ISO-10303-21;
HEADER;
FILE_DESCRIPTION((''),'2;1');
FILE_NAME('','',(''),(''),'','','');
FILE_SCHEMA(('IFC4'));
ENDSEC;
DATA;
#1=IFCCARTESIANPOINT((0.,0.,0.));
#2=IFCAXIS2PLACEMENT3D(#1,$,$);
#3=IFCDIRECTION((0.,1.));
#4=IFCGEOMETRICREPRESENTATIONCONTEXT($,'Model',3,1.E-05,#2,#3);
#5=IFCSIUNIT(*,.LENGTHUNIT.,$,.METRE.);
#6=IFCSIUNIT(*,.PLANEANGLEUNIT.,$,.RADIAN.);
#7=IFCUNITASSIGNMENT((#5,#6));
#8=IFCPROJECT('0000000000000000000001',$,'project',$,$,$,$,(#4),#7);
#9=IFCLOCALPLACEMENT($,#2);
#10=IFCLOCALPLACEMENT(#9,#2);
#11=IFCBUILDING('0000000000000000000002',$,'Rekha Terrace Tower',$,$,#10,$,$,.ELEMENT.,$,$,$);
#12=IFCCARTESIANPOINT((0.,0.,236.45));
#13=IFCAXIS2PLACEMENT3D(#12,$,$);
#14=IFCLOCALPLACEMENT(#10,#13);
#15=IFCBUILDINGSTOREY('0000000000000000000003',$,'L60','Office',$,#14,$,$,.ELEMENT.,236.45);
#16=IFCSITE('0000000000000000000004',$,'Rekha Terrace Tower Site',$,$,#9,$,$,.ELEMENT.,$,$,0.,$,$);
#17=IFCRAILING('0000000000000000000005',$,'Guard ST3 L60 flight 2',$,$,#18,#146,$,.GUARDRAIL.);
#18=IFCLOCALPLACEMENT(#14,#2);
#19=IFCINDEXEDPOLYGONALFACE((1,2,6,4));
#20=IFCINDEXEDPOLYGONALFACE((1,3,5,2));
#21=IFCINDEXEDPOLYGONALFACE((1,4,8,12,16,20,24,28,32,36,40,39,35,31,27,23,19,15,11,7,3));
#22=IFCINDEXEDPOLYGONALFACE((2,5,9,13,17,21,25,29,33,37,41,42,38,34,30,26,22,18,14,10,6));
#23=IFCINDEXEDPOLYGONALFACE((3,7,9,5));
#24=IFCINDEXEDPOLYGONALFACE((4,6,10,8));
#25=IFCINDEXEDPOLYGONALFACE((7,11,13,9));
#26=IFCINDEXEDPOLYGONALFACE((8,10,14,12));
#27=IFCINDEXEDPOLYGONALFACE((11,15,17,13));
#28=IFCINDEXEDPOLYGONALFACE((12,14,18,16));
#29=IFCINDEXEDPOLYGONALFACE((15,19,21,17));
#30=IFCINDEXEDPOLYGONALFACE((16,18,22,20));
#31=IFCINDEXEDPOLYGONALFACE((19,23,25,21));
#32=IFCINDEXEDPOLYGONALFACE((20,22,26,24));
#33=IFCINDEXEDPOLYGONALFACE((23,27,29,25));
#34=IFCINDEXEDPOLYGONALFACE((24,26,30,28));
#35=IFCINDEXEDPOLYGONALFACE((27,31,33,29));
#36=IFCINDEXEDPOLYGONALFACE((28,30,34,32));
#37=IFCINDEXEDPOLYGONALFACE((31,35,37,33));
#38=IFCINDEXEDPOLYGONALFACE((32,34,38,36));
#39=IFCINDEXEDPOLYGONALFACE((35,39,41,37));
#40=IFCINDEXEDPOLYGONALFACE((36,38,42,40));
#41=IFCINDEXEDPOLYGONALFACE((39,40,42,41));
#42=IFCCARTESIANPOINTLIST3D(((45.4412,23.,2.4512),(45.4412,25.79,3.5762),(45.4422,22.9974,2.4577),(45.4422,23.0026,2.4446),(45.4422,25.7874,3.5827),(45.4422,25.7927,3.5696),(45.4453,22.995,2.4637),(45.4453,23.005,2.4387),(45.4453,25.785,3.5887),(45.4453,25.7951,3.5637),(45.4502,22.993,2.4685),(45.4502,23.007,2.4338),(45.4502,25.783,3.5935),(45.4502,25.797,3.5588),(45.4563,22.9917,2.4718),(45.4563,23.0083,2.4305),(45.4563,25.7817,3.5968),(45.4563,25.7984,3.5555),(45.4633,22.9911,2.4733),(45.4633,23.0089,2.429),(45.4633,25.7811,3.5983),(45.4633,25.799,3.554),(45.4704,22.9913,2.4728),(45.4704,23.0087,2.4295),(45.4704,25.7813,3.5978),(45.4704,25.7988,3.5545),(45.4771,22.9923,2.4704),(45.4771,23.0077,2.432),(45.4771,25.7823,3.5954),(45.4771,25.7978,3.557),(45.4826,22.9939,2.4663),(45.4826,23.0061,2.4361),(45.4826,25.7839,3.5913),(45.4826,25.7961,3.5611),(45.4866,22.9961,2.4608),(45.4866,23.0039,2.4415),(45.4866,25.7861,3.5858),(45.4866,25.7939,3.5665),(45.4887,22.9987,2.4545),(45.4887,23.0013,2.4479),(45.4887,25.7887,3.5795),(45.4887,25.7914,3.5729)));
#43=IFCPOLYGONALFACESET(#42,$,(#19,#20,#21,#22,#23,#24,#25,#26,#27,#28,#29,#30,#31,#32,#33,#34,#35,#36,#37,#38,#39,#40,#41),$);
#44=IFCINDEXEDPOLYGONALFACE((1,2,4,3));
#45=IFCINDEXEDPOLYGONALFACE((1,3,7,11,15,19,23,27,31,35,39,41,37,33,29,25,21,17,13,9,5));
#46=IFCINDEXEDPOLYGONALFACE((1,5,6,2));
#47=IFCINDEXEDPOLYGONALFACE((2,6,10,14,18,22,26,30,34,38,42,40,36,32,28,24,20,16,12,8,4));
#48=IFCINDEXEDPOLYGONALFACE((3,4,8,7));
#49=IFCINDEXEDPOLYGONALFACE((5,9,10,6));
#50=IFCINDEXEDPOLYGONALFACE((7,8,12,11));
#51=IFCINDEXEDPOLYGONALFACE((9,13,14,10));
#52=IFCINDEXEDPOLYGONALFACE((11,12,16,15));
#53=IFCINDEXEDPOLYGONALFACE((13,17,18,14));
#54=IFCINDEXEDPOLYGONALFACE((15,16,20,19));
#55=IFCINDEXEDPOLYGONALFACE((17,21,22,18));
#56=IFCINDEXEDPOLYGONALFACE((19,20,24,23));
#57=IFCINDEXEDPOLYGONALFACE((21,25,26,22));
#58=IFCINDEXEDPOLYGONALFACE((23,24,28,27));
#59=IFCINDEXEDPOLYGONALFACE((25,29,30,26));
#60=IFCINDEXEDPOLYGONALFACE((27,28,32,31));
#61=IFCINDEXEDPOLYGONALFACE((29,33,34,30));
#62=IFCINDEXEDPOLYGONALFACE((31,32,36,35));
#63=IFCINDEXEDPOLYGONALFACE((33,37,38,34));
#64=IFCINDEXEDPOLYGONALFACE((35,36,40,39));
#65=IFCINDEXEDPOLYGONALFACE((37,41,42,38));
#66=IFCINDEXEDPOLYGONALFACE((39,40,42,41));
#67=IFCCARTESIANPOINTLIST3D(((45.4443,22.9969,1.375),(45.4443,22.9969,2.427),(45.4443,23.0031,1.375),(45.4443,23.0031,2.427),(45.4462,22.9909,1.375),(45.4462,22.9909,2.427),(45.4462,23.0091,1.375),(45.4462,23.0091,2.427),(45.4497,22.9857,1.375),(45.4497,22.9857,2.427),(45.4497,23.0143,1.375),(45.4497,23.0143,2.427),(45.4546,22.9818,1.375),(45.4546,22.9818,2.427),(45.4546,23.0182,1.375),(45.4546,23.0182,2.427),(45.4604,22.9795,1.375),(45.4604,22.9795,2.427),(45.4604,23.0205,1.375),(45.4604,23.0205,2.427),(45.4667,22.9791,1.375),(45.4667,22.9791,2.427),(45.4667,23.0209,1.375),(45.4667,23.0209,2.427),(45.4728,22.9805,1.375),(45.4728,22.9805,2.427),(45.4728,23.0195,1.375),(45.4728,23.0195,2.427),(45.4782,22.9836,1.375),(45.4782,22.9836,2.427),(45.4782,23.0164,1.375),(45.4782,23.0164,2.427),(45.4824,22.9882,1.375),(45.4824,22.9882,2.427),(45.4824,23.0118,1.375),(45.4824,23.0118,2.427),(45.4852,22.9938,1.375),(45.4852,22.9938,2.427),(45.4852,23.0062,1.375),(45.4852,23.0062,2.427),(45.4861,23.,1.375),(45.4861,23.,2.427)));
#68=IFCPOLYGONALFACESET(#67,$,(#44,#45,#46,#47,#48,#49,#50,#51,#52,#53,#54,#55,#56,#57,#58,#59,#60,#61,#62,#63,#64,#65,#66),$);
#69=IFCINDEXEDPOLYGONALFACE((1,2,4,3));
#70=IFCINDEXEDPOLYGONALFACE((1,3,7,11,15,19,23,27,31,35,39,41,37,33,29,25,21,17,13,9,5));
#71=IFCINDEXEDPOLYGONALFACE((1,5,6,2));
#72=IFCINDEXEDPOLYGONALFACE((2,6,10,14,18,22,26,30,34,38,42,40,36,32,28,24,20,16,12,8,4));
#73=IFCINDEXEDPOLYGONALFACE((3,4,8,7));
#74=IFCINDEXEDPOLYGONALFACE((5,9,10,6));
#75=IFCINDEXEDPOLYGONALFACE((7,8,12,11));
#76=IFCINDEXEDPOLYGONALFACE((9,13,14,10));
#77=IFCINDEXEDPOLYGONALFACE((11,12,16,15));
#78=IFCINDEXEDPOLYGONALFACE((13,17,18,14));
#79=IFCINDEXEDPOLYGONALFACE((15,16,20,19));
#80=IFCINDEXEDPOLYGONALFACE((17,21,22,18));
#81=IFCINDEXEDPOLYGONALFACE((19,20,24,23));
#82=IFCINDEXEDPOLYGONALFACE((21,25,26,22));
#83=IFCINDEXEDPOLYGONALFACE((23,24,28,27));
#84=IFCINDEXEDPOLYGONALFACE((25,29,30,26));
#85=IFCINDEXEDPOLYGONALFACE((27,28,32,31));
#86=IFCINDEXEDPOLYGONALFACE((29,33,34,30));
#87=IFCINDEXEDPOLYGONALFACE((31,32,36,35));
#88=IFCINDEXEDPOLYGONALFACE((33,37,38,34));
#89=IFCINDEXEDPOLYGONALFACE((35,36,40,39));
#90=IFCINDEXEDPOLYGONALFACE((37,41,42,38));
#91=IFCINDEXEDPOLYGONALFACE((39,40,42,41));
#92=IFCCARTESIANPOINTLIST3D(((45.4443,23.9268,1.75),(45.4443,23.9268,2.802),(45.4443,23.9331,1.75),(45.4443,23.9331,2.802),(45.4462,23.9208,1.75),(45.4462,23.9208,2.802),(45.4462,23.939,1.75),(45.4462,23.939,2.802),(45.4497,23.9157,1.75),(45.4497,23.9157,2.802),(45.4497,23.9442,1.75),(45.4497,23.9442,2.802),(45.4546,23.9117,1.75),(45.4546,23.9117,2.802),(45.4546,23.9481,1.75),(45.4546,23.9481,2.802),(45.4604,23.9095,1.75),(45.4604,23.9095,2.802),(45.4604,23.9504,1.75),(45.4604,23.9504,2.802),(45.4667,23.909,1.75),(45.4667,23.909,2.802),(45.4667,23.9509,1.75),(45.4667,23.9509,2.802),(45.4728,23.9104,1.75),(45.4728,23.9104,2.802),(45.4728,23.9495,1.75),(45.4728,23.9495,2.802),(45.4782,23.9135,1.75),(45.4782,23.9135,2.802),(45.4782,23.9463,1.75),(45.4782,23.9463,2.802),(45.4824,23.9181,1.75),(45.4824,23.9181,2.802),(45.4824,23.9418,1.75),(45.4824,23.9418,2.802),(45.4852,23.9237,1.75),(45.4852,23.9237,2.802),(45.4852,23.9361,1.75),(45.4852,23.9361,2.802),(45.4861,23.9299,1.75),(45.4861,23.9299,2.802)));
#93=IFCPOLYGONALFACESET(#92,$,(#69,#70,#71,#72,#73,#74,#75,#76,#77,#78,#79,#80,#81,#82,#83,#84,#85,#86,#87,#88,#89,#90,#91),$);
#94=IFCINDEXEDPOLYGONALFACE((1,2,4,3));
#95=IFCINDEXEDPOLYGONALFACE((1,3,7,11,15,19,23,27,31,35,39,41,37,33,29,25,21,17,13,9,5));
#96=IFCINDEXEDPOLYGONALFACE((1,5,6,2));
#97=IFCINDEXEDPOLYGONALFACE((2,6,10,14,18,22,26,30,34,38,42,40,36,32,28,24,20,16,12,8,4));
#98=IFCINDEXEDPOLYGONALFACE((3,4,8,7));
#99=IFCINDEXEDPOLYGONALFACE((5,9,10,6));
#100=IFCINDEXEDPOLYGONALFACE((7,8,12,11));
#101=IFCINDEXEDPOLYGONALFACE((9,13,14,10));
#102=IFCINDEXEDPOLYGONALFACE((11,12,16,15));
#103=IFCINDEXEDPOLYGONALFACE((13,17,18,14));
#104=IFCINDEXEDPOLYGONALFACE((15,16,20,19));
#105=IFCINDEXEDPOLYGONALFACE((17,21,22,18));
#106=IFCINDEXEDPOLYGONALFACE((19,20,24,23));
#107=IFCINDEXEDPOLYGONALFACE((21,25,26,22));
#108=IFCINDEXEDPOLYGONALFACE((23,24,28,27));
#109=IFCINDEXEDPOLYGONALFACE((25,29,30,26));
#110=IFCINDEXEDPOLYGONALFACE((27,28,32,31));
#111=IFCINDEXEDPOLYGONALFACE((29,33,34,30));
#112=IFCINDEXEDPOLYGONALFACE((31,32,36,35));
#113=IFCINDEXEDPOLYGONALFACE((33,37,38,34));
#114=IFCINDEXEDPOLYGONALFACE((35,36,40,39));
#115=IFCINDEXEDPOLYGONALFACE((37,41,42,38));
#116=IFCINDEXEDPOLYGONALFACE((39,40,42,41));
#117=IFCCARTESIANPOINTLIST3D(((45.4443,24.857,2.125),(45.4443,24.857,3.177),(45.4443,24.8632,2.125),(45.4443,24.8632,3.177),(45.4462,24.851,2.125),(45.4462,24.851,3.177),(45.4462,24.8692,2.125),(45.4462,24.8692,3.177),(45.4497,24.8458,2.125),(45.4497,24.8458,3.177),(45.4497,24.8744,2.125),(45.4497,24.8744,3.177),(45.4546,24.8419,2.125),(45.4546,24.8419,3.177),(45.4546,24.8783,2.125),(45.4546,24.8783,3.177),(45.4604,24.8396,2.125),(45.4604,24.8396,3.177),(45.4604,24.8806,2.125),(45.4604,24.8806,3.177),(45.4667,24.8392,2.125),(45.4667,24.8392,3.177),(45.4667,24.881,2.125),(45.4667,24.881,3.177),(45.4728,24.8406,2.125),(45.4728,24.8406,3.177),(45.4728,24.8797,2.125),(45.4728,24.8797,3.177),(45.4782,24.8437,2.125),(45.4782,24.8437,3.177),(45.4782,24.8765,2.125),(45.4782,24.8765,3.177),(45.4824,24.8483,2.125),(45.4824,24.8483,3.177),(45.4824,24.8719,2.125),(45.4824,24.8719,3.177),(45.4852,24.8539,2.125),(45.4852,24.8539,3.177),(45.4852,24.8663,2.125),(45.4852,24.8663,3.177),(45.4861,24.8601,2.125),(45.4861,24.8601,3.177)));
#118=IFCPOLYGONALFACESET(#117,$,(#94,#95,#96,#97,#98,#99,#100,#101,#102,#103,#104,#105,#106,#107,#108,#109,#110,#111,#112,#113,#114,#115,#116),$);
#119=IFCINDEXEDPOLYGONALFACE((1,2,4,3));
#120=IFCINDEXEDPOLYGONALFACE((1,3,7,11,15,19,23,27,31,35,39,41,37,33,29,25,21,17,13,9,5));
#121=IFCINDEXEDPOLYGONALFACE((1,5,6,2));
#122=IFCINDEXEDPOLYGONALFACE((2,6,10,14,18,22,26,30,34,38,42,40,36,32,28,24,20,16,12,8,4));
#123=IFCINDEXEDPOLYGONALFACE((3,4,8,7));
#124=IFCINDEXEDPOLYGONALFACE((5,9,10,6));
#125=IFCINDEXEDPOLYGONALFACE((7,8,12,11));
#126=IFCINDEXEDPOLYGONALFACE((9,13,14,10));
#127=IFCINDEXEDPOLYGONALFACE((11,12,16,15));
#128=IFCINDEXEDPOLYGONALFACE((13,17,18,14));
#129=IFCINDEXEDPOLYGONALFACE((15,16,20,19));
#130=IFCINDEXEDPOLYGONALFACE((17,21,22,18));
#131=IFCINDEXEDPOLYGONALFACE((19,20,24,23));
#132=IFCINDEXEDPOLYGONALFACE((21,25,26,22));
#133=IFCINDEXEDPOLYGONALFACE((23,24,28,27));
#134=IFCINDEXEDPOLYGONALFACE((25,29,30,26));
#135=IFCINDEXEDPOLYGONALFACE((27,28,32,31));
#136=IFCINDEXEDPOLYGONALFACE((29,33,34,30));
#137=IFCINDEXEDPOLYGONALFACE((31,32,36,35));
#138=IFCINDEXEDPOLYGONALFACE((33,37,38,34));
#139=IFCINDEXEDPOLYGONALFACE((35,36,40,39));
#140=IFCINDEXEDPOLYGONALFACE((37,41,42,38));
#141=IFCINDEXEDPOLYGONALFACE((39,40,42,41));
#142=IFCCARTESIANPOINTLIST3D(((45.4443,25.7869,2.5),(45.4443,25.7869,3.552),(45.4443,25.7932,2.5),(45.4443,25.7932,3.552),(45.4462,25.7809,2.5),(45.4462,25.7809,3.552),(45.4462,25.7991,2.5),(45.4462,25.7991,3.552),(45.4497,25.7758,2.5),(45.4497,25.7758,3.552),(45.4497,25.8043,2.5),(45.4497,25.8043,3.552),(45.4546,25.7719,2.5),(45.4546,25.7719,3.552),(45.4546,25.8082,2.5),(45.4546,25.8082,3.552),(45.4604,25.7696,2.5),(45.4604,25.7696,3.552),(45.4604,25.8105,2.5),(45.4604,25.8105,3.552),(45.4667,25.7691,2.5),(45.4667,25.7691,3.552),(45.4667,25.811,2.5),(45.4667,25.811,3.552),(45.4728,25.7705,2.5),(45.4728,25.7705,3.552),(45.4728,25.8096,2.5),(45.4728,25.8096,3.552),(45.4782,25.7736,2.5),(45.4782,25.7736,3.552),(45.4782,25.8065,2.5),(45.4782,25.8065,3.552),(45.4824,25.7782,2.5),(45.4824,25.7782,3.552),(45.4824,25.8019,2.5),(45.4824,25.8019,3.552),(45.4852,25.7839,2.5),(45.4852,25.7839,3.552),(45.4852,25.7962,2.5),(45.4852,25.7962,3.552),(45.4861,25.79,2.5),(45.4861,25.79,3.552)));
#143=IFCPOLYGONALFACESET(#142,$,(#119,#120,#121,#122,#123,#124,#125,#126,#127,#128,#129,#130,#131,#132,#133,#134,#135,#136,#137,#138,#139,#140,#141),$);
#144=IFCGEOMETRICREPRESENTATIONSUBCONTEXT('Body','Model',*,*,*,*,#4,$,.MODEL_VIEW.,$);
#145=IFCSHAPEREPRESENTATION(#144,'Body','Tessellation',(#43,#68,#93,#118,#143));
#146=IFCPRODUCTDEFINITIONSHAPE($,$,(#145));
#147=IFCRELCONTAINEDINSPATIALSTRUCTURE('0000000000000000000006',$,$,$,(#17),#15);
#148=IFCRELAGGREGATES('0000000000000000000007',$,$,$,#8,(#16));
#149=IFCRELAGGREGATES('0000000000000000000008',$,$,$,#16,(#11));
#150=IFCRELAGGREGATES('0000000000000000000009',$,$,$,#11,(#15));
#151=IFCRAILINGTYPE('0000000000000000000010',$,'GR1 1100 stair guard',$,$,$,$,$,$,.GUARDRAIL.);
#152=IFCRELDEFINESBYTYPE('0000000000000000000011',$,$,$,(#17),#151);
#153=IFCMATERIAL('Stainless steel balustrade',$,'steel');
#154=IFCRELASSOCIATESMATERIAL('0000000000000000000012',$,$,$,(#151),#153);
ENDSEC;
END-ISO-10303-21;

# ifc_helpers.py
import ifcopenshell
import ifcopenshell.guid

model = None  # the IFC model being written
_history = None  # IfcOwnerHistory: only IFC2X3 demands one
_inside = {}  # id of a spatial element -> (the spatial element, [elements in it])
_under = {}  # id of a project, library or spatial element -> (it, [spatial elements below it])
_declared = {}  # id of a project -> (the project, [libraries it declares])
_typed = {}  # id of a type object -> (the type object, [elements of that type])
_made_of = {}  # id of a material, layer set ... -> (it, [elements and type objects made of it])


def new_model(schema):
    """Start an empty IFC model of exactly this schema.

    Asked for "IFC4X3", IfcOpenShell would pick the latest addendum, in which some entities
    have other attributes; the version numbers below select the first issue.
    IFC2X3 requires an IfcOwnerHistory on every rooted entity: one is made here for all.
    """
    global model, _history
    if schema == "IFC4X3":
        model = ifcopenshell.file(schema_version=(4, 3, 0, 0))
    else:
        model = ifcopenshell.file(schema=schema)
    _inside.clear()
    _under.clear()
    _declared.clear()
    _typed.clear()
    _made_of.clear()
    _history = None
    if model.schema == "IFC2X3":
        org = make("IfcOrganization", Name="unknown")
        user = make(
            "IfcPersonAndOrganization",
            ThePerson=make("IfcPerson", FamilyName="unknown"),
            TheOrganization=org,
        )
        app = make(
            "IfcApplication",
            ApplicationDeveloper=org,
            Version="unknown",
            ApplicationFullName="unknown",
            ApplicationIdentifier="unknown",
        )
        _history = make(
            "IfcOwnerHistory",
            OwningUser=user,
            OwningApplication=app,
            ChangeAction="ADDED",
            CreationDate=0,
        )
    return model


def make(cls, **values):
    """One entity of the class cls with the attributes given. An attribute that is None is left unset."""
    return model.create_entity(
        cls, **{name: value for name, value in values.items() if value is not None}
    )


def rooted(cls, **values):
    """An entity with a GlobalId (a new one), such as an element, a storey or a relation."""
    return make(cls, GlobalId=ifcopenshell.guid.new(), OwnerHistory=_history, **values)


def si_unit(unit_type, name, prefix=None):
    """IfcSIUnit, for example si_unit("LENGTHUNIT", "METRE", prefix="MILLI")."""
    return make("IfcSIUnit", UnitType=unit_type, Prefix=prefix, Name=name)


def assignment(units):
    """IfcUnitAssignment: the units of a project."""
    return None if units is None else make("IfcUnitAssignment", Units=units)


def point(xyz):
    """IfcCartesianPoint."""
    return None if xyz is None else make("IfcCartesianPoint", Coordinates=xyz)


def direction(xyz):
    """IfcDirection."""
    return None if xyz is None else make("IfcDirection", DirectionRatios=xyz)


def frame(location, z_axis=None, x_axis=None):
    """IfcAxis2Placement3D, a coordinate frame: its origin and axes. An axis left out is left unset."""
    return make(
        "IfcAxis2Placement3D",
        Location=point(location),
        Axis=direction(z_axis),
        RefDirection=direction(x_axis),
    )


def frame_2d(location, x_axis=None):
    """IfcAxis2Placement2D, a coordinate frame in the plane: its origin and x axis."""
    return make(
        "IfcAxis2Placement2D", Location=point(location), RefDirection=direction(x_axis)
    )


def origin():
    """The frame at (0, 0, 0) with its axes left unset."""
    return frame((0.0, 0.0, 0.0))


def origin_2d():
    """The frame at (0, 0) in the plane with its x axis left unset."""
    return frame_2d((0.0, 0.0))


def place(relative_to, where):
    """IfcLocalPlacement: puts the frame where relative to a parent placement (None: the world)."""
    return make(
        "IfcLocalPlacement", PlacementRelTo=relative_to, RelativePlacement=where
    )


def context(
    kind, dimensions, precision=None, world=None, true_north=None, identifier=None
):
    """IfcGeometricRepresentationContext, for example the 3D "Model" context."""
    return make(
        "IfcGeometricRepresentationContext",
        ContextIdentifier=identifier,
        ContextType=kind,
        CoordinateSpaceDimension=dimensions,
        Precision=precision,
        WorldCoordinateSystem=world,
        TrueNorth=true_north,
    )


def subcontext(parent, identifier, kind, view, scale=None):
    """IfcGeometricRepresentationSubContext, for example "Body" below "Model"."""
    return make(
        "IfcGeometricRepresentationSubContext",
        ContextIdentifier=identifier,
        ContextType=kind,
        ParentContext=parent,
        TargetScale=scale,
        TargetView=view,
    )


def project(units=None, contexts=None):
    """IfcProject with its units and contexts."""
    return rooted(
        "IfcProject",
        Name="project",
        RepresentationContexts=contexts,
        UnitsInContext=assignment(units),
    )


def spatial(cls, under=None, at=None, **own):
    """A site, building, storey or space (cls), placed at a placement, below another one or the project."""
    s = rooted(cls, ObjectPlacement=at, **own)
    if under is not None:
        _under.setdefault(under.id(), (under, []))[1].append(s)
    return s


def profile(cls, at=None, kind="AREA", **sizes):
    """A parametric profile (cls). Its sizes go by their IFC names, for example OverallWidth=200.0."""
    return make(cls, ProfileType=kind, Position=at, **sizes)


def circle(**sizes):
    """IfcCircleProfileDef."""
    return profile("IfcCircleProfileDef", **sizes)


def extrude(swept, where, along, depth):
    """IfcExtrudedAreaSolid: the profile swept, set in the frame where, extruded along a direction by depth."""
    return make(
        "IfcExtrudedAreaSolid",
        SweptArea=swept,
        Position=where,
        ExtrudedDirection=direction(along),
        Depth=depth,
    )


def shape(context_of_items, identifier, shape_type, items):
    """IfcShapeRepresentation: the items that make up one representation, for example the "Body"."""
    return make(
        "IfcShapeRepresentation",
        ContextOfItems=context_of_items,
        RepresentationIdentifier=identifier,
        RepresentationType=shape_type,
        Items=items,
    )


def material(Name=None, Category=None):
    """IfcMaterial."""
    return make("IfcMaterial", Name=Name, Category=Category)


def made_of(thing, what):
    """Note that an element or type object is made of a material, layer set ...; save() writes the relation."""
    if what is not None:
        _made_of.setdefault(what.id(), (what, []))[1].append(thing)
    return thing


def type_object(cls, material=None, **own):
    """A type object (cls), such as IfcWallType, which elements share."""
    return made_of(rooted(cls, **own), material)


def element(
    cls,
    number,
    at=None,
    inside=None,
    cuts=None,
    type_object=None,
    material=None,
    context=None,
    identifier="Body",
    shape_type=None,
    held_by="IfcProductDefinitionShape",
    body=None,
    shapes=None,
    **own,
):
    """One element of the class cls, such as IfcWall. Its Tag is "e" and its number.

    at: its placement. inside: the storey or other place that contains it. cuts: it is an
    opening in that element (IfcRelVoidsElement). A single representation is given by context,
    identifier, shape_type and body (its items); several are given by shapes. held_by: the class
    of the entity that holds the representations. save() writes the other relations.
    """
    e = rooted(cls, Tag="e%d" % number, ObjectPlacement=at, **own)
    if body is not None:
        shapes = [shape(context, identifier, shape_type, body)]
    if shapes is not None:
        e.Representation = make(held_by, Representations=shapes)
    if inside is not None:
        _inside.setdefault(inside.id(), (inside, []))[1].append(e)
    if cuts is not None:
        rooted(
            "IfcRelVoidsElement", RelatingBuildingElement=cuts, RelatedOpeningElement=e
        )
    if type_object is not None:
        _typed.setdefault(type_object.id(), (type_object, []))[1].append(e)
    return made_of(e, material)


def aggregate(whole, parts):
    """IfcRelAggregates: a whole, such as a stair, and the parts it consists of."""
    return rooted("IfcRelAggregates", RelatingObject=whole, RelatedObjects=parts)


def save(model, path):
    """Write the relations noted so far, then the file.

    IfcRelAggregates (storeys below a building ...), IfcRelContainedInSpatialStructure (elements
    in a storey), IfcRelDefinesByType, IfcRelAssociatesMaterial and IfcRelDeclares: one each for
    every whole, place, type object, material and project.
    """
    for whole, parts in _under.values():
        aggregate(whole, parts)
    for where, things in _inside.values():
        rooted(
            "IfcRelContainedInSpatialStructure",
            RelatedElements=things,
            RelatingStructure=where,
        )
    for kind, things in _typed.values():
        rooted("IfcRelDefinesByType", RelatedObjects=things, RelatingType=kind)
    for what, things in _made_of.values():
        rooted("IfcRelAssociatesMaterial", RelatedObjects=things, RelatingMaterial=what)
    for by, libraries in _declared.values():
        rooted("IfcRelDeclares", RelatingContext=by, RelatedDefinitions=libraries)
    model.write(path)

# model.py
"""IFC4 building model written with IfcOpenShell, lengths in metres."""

from ifc_helpers import new_model, si_unit, direction, frame, origin, origin_2d, place, context, subcontext, project, spatial, circle, extrude, material, type_object, element, save


model = new_model("IFC4")

# Units and contexts
model_context = context("Model", 3, precision=1e-05, world=origin(), true_north=direction((0.0, 1.0)))
body_context = subcontext(model_context, "Body", "Model", "MODEL_VIEW")
ifc_project = project(units=[si_unit("LENGTHUNIT", "METRE"), si_unit("PLANEANGLEUNIT", "RADIAN")], contexts=[model_context])

# Site, building, storey
site_placement = place(None, origin())
site = spatial("IfcSite", under=ifc_project, at=site_placement, Name="Rekha Terrace Tower Site", CompositionType="ELEMENT", RefElevation=0.0)
building_placement = place(site_placement, origin())
building = spatial("IfcBuilding", under=site, at=building_placement, Name="Rekha Terrace Tower", CompositionType="ELEMENT")
storey_placement = place(building_placement, frame((0.0, 0.0, 236.45)))
storey = spatial("IfcBuildingStorey", under=building, at=storey_placement, Name="L60", Description="Office", CompositionType="ELEMENT", Elevation=236.45)

# Railing
ifc_material_1 = material(Name="Stainless steel balustrade", Category="steel")
railing_type_1 = type_object("IfcRailingType", Name="GR1 1100 stair guard", PredefinedType="GUARDRAIL", material=ifc_material_1)
railing_1_placement = place(storey_placement, frame((45.4651, 23.0, 1.375)))
element("IfcRailing", 1, at=railing_1_placement, inside=storey, type_object=railing_type_1, Name="Guard ST3 L60 flight 2", PredefinedType="GUARDRAIL", context=body_context, shape_type="SweptSolid", body=[
    extrude(circle(Radius=0.0239, at=origin_2d()), frame((0.0, 0.0, 1.0762), z_axis=(0.0, 0.927443, 0.373964), x_axis=(-1.0, 0.0, 0.0)), (0.0, 0.0, 1.0), 3.0083),
    extrude(circle(Radius=0.021, at=origin_2d()), origin(), (0.0, 0.0, 1.0), 1.052),
    extrude(circle(Radius=0.021, at=origin_2d()), frame((0.0, 0.9299, 0.375)), (0.0, 0.0, 1.0), 1.052),
    extrude(circle(Radius=0.021, at=origin_2d()), frame((0.0, 1.8601, 0.75)), (0.0, 0.0, 1.0), 1.052),
    extrude(circle(Radius=0.021, at=origin_2d()), frame((0.0, 2.79, 1.125)), (0.0, 0.0, 1.0), 1.052),
])

save(model, "model.ifc")
